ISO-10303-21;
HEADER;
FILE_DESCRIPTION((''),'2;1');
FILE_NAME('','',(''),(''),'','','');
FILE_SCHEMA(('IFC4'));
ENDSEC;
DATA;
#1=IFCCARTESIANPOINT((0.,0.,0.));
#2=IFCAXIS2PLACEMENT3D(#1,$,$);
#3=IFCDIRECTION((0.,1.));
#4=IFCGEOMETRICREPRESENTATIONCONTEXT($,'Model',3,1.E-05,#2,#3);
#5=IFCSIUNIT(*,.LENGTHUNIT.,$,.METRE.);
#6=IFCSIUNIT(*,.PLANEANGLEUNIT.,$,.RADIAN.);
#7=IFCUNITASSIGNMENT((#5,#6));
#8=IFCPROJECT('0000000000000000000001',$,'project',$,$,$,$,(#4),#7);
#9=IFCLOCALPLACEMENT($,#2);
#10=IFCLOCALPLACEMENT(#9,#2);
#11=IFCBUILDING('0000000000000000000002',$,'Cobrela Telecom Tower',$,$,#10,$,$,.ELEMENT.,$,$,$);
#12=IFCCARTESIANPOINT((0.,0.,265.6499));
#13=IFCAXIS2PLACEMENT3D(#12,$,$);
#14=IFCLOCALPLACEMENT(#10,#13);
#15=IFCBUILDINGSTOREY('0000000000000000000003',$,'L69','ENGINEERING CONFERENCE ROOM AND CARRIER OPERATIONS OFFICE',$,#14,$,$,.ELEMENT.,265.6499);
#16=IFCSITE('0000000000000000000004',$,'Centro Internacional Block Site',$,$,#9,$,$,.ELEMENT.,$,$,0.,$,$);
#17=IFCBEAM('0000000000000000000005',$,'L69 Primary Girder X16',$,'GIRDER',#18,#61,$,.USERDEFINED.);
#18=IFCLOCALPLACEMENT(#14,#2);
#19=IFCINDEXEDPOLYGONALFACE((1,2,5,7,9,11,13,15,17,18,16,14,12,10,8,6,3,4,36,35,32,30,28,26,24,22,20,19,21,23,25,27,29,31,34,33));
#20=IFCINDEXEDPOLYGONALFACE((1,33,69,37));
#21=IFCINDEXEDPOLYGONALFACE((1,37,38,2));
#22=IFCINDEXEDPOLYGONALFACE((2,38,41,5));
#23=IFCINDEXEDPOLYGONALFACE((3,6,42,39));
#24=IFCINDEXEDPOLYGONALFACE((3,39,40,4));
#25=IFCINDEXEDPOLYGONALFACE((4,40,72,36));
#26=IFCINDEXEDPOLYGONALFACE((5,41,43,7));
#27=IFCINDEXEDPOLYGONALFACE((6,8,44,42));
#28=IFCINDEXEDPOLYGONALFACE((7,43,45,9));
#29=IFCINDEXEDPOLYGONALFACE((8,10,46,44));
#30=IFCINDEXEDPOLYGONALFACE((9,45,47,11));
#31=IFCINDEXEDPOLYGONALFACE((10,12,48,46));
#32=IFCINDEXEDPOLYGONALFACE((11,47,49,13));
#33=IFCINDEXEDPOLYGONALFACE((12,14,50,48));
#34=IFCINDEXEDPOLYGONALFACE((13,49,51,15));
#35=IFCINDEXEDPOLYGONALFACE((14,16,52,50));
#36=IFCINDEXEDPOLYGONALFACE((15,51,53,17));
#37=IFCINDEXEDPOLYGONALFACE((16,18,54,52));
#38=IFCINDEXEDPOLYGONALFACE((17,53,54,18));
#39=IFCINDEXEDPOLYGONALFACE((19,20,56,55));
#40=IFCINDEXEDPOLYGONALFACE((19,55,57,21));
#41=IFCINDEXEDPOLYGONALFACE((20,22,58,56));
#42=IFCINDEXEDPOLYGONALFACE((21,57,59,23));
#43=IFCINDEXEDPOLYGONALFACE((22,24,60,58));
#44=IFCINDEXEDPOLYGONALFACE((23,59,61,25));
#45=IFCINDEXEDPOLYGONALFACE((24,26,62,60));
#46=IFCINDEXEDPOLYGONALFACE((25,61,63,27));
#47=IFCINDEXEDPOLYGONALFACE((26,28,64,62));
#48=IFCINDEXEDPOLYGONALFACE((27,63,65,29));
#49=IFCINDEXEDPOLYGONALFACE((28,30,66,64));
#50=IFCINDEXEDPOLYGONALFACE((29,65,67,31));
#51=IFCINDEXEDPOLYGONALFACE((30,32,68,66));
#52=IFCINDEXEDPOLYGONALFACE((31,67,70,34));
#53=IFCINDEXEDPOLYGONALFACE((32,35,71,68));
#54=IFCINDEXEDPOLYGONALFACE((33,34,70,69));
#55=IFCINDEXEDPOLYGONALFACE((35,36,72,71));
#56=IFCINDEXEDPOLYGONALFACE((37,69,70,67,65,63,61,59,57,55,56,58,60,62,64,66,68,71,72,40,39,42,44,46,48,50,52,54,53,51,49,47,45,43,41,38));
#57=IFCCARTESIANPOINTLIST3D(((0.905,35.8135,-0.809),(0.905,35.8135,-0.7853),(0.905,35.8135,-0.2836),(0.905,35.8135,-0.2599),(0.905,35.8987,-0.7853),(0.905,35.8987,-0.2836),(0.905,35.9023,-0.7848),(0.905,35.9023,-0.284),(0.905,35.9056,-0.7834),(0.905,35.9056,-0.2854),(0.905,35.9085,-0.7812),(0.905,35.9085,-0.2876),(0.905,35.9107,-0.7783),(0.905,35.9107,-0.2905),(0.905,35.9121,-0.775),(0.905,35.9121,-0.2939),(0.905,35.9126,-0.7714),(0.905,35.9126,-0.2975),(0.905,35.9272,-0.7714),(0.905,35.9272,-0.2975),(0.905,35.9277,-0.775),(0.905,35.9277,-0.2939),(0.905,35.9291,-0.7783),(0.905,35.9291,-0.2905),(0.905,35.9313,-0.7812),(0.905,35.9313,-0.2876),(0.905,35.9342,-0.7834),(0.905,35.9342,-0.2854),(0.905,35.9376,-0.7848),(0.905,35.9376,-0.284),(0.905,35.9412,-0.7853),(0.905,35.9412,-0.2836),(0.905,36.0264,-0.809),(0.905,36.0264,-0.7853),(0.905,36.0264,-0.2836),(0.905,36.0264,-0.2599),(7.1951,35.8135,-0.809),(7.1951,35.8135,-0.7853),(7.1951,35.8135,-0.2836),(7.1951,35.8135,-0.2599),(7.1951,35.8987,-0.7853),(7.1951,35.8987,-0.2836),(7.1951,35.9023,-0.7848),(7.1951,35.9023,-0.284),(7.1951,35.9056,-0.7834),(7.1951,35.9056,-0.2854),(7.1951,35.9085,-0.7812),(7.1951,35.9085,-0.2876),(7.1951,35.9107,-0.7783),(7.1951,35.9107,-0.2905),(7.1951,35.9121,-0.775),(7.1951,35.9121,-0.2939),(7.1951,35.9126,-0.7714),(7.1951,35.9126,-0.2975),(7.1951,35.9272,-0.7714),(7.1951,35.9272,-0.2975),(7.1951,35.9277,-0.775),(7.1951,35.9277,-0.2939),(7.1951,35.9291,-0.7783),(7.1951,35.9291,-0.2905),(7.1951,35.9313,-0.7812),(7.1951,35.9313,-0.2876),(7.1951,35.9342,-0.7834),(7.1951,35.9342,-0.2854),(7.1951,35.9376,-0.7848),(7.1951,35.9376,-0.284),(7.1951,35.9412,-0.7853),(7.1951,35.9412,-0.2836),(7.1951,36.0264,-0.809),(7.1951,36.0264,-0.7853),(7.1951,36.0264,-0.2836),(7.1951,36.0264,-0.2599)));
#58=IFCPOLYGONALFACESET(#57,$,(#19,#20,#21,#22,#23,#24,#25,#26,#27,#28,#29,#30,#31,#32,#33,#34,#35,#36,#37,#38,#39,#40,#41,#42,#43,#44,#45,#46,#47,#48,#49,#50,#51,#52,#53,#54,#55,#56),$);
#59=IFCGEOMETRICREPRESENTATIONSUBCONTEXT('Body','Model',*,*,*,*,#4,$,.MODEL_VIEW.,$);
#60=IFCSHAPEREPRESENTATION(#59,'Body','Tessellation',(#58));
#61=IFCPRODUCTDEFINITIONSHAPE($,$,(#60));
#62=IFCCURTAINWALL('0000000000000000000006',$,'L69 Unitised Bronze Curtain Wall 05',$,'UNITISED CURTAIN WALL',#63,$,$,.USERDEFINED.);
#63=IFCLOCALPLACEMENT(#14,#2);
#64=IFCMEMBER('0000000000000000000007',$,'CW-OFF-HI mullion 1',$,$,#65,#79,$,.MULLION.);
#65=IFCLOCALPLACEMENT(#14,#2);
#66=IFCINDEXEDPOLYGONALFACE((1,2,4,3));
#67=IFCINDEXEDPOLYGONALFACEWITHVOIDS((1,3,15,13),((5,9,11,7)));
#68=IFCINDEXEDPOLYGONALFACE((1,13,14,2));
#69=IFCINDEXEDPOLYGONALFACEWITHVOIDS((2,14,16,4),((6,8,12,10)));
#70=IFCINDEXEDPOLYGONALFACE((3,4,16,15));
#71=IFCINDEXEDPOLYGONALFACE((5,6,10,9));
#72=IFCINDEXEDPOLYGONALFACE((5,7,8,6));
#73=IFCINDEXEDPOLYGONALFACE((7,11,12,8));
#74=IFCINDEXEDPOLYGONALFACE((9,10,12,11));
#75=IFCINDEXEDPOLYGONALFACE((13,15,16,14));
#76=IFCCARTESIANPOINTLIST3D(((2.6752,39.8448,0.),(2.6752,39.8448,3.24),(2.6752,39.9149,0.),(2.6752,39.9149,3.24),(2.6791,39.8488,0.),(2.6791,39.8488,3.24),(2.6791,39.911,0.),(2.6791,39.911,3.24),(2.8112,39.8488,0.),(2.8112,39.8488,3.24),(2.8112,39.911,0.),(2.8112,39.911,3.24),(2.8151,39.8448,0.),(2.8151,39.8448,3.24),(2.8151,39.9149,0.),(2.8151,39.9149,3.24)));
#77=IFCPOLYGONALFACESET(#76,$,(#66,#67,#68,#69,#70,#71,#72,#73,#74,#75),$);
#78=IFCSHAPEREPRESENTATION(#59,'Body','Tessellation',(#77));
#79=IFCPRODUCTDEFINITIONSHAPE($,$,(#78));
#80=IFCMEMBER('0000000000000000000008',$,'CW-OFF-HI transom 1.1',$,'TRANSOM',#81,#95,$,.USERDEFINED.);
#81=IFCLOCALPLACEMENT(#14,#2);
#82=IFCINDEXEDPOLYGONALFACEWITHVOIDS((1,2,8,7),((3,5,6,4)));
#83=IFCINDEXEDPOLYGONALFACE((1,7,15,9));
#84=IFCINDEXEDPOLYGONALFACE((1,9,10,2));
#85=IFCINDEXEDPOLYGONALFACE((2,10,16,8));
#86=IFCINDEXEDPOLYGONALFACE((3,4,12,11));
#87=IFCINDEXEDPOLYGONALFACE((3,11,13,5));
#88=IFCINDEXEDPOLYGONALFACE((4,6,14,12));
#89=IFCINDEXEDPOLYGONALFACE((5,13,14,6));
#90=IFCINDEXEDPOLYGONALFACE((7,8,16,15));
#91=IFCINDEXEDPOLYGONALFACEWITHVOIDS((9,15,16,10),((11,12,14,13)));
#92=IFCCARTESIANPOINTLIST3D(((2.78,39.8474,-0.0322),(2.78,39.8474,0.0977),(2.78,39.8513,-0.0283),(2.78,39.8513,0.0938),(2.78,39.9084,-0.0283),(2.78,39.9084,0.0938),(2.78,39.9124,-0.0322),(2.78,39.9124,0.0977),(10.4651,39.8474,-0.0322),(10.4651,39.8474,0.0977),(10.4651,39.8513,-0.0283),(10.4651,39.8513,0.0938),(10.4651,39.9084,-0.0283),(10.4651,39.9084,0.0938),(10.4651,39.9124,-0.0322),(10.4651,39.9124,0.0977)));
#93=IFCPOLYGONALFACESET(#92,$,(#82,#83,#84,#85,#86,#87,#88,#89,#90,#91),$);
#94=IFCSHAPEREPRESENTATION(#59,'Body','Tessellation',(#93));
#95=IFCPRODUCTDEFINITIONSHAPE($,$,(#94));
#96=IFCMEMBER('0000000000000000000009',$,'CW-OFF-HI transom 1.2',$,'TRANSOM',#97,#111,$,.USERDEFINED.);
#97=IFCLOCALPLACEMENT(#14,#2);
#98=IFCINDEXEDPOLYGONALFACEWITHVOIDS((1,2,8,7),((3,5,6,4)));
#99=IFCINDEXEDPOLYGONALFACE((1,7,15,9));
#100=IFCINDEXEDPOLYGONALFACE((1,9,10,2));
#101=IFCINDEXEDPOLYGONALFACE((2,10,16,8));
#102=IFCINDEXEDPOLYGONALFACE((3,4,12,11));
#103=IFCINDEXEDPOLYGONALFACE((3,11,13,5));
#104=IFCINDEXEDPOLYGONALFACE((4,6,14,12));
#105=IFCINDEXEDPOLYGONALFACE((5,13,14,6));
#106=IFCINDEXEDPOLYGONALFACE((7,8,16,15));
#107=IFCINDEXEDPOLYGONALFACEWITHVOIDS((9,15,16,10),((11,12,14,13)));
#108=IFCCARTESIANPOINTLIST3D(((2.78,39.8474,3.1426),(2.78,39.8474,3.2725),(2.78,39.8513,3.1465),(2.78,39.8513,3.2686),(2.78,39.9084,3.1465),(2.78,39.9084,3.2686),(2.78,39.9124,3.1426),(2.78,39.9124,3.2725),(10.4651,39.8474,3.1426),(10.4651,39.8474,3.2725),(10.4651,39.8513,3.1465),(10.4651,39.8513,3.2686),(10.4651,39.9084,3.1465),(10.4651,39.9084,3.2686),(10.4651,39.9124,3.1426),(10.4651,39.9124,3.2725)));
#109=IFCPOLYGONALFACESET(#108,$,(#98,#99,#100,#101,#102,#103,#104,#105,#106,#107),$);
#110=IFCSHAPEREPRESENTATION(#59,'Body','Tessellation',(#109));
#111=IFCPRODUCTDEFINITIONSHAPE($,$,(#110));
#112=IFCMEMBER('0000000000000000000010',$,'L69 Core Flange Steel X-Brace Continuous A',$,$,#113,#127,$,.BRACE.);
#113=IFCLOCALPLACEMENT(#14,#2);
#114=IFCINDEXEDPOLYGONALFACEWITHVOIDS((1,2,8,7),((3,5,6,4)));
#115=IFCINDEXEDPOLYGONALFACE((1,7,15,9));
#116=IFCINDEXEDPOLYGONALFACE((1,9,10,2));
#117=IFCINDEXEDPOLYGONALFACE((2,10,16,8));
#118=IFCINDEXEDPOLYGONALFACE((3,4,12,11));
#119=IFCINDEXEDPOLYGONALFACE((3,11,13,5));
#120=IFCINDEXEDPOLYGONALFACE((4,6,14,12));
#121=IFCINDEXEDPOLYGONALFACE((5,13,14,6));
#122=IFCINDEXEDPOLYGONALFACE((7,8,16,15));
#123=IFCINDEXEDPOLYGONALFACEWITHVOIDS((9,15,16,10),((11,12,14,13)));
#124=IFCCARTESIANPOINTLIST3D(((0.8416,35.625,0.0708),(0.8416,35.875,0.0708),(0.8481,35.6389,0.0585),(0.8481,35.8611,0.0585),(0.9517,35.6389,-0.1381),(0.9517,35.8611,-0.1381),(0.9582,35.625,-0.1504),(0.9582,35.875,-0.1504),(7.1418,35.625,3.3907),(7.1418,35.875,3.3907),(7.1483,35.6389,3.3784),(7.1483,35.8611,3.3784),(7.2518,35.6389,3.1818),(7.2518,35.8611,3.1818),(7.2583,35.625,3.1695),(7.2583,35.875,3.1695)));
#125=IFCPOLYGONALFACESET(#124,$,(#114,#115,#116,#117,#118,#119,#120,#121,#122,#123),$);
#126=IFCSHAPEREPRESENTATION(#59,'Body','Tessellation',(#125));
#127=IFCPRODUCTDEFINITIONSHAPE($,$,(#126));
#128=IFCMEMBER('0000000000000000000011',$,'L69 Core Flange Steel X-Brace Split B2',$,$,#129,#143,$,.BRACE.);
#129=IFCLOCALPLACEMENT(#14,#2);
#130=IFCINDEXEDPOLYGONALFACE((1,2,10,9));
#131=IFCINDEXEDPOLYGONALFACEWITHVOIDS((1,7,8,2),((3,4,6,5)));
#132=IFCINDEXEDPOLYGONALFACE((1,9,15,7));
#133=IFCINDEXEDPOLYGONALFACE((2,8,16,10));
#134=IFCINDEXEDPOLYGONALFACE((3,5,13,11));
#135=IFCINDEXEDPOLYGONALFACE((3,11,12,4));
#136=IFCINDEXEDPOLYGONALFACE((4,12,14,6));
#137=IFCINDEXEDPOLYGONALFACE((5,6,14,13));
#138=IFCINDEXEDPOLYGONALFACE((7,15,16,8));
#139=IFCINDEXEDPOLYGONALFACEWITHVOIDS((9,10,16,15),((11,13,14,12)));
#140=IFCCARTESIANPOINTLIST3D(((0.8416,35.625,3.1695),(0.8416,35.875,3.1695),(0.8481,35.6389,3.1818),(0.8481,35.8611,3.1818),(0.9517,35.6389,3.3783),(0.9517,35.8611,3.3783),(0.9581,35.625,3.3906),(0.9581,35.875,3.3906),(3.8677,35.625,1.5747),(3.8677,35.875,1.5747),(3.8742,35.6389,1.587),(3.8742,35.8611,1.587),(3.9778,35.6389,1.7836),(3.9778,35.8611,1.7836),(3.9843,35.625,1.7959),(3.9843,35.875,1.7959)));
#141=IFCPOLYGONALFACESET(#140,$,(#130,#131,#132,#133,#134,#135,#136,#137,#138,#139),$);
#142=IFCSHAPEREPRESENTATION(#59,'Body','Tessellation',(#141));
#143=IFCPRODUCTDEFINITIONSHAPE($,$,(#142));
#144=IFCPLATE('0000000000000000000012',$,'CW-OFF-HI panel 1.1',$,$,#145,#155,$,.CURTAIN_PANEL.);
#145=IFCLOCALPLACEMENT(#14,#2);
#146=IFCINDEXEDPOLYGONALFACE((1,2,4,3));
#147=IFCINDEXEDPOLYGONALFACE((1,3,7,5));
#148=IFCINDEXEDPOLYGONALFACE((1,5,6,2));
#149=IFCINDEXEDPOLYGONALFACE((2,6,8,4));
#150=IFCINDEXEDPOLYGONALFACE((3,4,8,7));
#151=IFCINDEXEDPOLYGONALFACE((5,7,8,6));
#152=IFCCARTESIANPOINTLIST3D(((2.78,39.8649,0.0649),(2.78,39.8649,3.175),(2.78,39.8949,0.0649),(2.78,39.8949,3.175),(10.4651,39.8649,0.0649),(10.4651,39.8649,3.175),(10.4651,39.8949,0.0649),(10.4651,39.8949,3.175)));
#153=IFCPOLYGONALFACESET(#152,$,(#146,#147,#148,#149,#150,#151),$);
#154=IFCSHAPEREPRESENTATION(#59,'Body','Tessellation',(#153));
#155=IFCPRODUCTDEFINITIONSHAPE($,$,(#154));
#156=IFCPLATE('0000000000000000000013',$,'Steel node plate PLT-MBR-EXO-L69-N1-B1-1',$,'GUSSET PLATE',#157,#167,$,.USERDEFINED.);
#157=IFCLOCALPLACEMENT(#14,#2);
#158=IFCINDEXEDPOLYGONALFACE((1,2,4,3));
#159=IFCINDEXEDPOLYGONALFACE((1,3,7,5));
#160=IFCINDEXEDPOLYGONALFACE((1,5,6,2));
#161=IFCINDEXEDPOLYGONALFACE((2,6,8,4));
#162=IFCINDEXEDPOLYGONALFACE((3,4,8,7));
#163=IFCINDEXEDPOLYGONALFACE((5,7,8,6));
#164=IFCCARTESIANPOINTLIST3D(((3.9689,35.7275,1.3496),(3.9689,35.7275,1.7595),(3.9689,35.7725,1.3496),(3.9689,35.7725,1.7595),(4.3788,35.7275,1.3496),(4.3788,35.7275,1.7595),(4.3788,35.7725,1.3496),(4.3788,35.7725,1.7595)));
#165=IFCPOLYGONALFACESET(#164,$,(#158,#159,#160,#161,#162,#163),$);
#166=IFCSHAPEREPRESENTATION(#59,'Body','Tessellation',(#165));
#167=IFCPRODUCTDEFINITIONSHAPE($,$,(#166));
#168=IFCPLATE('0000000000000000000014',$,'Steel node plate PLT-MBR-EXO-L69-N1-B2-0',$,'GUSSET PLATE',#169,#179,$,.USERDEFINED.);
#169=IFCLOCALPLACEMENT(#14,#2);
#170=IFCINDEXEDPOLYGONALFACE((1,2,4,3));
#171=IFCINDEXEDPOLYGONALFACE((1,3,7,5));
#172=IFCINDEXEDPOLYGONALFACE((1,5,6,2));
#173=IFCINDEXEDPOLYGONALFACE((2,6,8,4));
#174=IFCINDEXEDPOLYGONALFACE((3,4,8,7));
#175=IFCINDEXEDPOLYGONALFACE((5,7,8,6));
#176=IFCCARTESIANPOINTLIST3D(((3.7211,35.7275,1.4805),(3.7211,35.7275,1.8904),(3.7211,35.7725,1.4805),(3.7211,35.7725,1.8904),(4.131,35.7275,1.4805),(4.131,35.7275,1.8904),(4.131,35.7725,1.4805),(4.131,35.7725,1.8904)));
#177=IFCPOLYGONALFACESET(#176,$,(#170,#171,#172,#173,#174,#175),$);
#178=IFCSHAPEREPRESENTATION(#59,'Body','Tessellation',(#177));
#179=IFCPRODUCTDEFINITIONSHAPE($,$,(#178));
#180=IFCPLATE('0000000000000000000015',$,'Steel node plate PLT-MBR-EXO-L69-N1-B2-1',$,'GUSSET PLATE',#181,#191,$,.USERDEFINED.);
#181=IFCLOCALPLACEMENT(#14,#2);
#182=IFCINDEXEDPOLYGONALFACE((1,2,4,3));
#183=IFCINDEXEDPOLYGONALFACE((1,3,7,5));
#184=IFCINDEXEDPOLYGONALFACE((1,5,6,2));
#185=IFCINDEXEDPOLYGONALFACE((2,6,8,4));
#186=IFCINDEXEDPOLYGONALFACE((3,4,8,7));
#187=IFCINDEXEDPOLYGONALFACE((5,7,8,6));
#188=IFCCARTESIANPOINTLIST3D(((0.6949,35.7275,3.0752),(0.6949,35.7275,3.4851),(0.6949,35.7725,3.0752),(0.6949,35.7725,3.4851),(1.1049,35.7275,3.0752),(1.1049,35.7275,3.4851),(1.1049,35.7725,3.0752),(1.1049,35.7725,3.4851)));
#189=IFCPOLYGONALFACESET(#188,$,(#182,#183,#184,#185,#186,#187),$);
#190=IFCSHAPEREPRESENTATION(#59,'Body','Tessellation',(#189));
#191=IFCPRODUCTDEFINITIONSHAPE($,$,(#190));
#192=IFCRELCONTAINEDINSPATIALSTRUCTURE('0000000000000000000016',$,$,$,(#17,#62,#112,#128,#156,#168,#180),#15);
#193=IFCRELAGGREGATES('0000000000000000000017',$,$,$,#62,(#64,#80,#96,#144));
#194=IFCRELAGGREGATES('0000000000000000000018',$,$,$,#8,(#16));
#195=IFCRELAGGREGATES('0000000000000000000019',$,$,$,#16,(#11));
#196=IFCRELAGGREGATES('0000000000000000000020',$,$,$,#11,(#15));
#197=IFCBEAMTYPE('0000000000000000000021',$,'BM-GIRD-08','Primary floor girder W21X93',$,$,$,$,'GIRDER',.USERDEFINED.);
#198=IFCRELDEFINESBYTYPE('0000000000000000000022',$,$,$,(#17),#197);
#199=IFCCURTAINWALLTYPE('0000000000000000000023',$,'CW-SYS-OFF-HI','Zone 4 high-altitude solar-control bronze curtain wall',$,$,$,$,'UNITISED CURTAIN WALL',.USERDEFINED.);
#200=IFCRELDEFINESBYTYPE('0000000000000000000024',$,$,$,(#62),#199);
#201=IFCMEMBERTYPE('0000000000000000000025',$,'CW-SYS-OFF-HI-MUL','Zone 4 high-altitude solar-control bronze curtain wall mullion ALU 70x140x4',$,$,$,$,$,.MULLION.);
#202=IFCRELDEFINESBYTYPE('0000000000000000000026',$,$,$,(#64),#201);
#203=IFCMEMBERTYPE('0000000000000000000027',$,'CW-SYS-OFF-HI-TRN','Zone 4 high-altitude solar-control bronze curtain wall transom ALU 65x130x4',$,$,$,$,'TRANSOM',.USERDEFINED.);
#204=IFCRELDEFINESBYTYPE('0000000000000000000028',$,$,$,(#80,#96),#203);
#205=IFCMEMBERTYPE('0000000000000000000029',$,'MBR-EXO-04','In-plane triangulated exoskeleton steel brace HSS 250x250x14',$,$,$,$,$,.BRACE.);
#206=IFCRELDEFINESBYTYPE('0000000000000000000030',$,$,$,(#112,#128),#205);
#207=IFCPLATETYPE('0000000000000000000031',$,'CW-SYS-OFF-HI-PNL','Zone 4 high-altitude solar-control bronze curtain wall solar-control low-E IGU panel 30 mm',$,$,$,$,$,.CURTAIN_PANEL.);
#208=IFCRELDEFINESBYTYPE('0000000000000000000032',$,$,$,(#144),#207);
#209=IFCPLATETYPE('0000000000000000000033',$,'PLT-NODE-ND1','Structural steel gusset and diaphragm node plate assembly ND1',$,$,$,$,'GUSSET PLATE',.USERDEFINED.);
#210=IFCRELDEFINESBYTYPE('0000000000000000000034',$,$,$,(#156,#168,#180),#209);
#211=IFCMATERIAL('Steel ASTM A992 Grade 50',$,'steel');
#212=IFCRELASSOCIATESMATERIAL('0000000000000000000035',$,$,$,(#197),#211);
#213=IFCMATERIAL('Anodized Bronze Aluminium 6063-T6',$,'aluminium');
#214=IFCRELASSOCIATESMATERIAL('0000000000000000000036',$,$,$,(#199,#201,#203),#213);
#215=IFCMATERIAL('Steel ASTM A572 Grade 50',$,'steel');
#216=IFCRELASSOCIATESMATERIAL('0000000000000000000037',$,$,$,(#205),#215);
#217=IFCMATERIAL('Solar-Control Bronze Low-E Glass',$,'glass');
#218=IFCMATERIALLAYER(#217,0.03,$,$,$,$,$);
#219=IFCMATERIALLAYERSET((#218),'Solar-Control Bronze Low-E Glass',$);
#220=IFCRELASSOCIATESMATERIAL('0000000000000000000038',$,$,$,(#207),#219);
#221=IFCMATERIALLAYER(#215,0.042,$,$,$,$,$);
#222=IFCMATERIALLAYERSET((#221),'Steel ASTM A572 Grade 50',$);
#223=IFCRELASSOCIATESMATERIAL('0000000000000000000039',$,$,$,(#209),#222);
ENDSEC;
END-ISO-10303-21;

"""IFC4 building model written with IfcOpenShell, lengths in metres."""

from ifc_helpers import new_model, si_unit, direction, frame, origin, origin_2d, place, context, subcontext, project, spatial, rectangle, hollow_rectangle, i_section, extrude, material, layer, layer_set, material_profile, profile_set, type_object, element, aggregate, save


model = new_model("IFC4")

# Units and contexts
model_context = context("Model", 3, precision=1e-05, world=origin(), true_north=direction((0.0, 1.0)))
body_context = subcontext(model_context, "Body", "Model", "MODEL_VIEW")
ifc_project = project(units=[si_unit("LENGTHUNIT", "METRE"), si_unit("PLANEANGLEUNIT", "RADIAN")], contexts=[model_context])

# Site, building, storey
site_placement = place(None, origin())
site = spatial("IfcSite", under=ifc_project, at=site_placement, Name="Centro Internacional Block Site", CompositionType="ELEMENT", RefElevation=0.0)
building_placement = place(site_placement, origin())
building = spatial("IfcBuilding", under=site, at=building_placement, Name="Cobrela Telecom Tower", CompositionType="ELEMENT")
storey_placement = place(building_placement, frame((0.0, 0.0, 265.6499)))
storey = spatial("IfcBuildingStorey", under=building, at=storey_placement, Name="L69", Description="ENGINEERING CONFERENCE ROOM AND CARRIER OPERATIONS OFFICE", CompositionType="ELEMENT", Elevation=265.6499)

# Beam
ifc_material_1 = material(Name="Steel ASTM A992 Grade 50", Category="steel")
ifc_material_profile_1 = material_profile(ifc_material_1, i_section(OverallWidth=0.2129, OverallDepth=0.5491, WebThickness=0.0146, FlangeThickness=0.0237, FilletRadius=0.0139, at=origin_2d()), Name="W21X93")
ifc_profile_set_1 = profile_set([ifc_material_profile_1], Name="Steel ASTM A992 Grade 50")
beam_type = type_object("IfcBeamType", Name="BM-GIRD-08", Description="Primary floor girder W21X93", ElementType="GIRDER", PredefinedType="USERDEFINED", material=ifc_profile_set_1)
beam_placement = place(storey_placement, frame((0.905, 35.9199, -0.5344), z_axis=(1.0, 0.0, 0.0), x_axis=(0.0, 1.0, 0.0)))
element("IfcBeam", 1, at=beam_placement, inside=storey, type_object=beam_type, Name="L69 Primary Girder X16", ObjectType="GIRDER", PredefinedType="USERDEFINED", context=body_context, shape_type="SweptSolid", body=[
    extrude(i_section(OverallWidth=0.2129, OverallDepth=0.5491, WebThickness=0.0146, FlangeThickness=0.0237, FilletRadius=0.0139, at=origin_2d()), origin(), (0.0, 0.0, 1.0), 6.29),
])

# Curtain wall, members
ifc_material_2 = material(Name="Anodized Bronze Aluminium 6063-T6", Category="aluminium")
curtain_wall_type = type_object("IfcCurtainWallType", Name="CW-SYS-OFF-HI", Description="Zone 4 high-altitude solar-control bronze curtain wall", ElementType="UNITISED CURTAIN WALL", PredefinedType="USERDEFINED", material=ifc_material_2)
curtain_wall_placement = place(storey_placement, origin())
curtain_wall = element("IfcCurtainWall", 2, at=curtain_wall_placement, inside=storey, type_object=curtain_wall_type, Name="L69 Unitised Bronze Curtain Wall 05", ObjectType="UNITISED CURTAIN WALL", PredefinedType="USERDEFINED")
ifc_material_profile_2 = material_profile(ifc_material_2, hollow_rectangle(XDim=0.0701, YDim=0.1399, WallThickness=0.0039, at=origin_2d()), Name="ALU 70x140x4")
ifc_profile_set_2 = profile_set([ifc_material_profile_2], Name="Anodized Bronze Aluminium 6063-T6")
member_type_1 = type_object("IfcMemberType", Name="CW-SYS-OFF-HI-MUL", Description="Zone 4 high-altitude solar-control bronze curtain wall mullion ALU 70x140x4", PredefinedType="MULLION", material=ifc_profile_set_2)
member_1_placement = place(storey_placement, frame((2.7451, 39.8799, 0.0), z_axis=(0.0, 0.0, 1.0), x_axis=(0.0, 1.0, 0.0)))
member_1 = element("IfcMember", 3, at=member_1_placement, type_object=member_type_1, Name="CW-OFF-HI mullion 1", PredefinedType="MULLION", context=body_context, shape_type="SweptSolid", body=[
    extrude(hollow_rectangle(XDim=0.0701, YDim=0.1399, WallThickness=0.0039, at=origin_2d()), origin(), (0.0, 0.0, 1.0), 3.24),
])
ifc_material_profile_3 = material_profile(ifc_material_2, hollow_rectangle(XDim=0.0649, YDim=0.1299, WallThickness=0.0039, at=origin_2d()), Name="ALU 65x130x4")
ifc_profile_set_3 = profile_set([ifc_material_profile_3], Name="Anodized Bronze Aluminium 6063-T6")
member_type_2 = type_object("IfcMemberType", Name="CW-SYS-OFF-HI-TRN", Description="Zone 4 high-altitude solar-control bronze curtain wall transom ALU 65x130x4", ElementType="TRANSOM", PredefinedType="USERDEFINED", material=ifc_profile_set_3)
member_2_placement = place(storey_placement, frame((2.78, 39.8799, 0.0327), z_axis=(1.0, 0.0, 0.0), x_axis=(0.0, 1.0, 0.0)))
member_2 = element("IfcMember", 4, at=member_2_placement, type_object=member_type_2, Name="CW-OFF-HI transom 1.1", ObjectType="TRANSOM", PredefinedType="USERDEFINED", context=body_context, shape_type="SweptSolid", body=[
    extrude(hollow_rectangle(XDim=0.0649, YDim=0.1299, WallThickness=0.0039, at=origin_2d()), origin(), (0.0, 0.0, 1.0), 7.6851),
])
member_3_placement = place(storey_placement, frame((2.78, 39.8799, 3.2075), z_axis=(1.0, 0.0, 0.0), x_axis=(0.0, 1.0, 0.0)))
member_3 = element("IfcMember", 5, at=member_3_placement, type_object=member_type_2, Name="CW-OFF-HI transom 1.2", ObjectType="TRANSOM", PredefinedType="USERDEFINED", context=body_context, shape_type="SweptSolid", body=[
    extrude(hollow_rectangle(XDim=0.0649, YDim=0.1299, WallThickness=0.0039, at=origin_2d()), origin(), (0.0, 0.0, 1.0), 7.6851),
])

# Members
ifc_material_3 = material(Name="Steel ASTM A572 Grade 50", Category="steel")
ifc_material_profile_4 = material_profile(ifc_material_3, hollow_rectangle(XDim=0.25, YDim=0.25, WallThickness=0.0139, at=origin_2d()), Name="HSS 250x250x14")
ifc_profile_set_4 = profile_set([ifc_material_profile_4], Name="Steel ASTM A572 Grade 50")
member_type_3 = type_object("IfcMemberType", Name="MBR-EXO-04", Description="In-plane triangulated exoskeleton steel brace HSS 250x250x14", PredefinedType="BRACE", material=ifc_profile_set_4)
member_4_placement = place(storey_placement, frame((0.8999, 35.75, -0.0398), z_axis=(0.884686, 0.0, 0.466187), x_axis=(0.0, 1.0, 0.0)))
element("IfcMember", 6, at=member_4_placement, inside=storey, type_object=member_type_3, Name="L69 Core Flange Steel X-Brace Continuous A", PredefinedType="BRACE", context=body_context, shape_type="SweptSolid", body=[
    extrude(hollow_rectangle(XDim=0.25, YDim=0.25, WallThickness=0.0139, at=origin_2d()), origin(), (0.0, 0.0, 1.0), 7.1213),
])
member_5_placement = place(storey_placement, frame((3.926, 35.75, 1.6853), z_axis=(-0.884673, 0.0, 0.466211), x_axis=(0.0, -1.0, 0.0)))
element("IfcMember", 7, at=member_5_placement, inside=storey, type_object=member_type_3, Name="L69 Core Flange Steel X-Brace Split B2", PredefinedType="BRACE", context=body_context, shape_type="SweptSolid", body=[
    extrude(hollow_rectangle(XDim=0.25, YDim=0.25, WallThickness=0.0139, at=origin_2d()), origin(), (0.0, 0.0, 1.0), 3.4207),
])

# Plate
ifc_material_4 = material(Name="Solar-Control Bronze Low-E Glass", Category="glass")
ifc_layer_1 = layer(ifc_material_4, 0.03)
ifc_layer_set_1 = layer_set([ifc_layer_1], Name="Solar-Control Bronze Low-E Glass")
plate_type_1 = type_object("IfcPlateType", Name="CW-SYS-OFF-HI-PNL", Description="Zone 4 high-altitude solar-control bronze curtain wall solar-control low-E IGU panel 30 mm", PredefinedType="CURTAIN_PANEL", material=ifc_layer_set_1)
plate_1_placement = place(storey_placement, frame((6.6226, 39.8799, 0.0649), z_axis=(0.0, 0.0, 1.0), x_axis=(1.0, 0.0, 0.0)))
plate_1 = element("IfcPlate", 8, at=plate_1_placement, type_object=plate_type_1, Name="CW-OFF-HI panel 1.1", PredefinedType="CURTAIN_PANEL", context=body_context, shape_type="SweptSolid", body=[
    extrude(rectangle(XDim=7.6851, YDim=0.03, at=origin_2d()), origin(), (0.0, 0.0, 1.0), 3.1101),
])
aggregate(curtain_wall, [member_1, member_2, member_3, plate_1])

# Plates
ifc_layer_2 = layer(ifc_material_3, 0.042)
ifc_layer_set_2 = layer_set([ifc_layer_2], Name="Steel ASTM A572 Grade 50")
plate_type_2 = type_object("IfcPlateType", Name="PLT-NODE-ND1", Description="Structural steel gusset and diaphragm node plate assembly ND1", ElementType="GUSSET PLATE", PredefinedType="USERDEFINED", material=ifc_layer_set_2)
for number, where, z_axis, x_axis, name in (
    (9, (4.1738, 35.75, 1.3496), (0.0, 0.0, 1.0), (-1.0, 0.0, 0.0), "Steel node plate PLT-MBR-EXO-L69-N1-B1-1"),
    (10, (3.926, 35.75, 1.4805), (0.0, 0.0, 1.0), (-1.0, 0.0, 0.0), "Steel node plate PLT-MBR-EXO-L69-N1-B2-0"),
    (11, (0.8999, 35.75, 3.0752), (0.0, 0.0, 1.0), (-1.0, 0.0, 0.0), "Steel node plate PLT-MBR-EXO-L69-N1-B2-1"),
):
    element("IfcPlate", number, at=place(storey_placement, frame(where, z_axis=z_axis, x_axis=x_axis)), inside=storey, type_object=plate_type_2, Name=name, ObjectType="GUSSET PLATE", PredefinedType="USERDEFINED", context=body_context, shape_type="SweptSolid", body=[
        extrude(rectangle(XDim=0.4099, YDim=0.0449, at=origin_2d()), origin(), (0.0, 0.0, 1.0), 0.4099),
    ])

save(model, "model.ifc")
